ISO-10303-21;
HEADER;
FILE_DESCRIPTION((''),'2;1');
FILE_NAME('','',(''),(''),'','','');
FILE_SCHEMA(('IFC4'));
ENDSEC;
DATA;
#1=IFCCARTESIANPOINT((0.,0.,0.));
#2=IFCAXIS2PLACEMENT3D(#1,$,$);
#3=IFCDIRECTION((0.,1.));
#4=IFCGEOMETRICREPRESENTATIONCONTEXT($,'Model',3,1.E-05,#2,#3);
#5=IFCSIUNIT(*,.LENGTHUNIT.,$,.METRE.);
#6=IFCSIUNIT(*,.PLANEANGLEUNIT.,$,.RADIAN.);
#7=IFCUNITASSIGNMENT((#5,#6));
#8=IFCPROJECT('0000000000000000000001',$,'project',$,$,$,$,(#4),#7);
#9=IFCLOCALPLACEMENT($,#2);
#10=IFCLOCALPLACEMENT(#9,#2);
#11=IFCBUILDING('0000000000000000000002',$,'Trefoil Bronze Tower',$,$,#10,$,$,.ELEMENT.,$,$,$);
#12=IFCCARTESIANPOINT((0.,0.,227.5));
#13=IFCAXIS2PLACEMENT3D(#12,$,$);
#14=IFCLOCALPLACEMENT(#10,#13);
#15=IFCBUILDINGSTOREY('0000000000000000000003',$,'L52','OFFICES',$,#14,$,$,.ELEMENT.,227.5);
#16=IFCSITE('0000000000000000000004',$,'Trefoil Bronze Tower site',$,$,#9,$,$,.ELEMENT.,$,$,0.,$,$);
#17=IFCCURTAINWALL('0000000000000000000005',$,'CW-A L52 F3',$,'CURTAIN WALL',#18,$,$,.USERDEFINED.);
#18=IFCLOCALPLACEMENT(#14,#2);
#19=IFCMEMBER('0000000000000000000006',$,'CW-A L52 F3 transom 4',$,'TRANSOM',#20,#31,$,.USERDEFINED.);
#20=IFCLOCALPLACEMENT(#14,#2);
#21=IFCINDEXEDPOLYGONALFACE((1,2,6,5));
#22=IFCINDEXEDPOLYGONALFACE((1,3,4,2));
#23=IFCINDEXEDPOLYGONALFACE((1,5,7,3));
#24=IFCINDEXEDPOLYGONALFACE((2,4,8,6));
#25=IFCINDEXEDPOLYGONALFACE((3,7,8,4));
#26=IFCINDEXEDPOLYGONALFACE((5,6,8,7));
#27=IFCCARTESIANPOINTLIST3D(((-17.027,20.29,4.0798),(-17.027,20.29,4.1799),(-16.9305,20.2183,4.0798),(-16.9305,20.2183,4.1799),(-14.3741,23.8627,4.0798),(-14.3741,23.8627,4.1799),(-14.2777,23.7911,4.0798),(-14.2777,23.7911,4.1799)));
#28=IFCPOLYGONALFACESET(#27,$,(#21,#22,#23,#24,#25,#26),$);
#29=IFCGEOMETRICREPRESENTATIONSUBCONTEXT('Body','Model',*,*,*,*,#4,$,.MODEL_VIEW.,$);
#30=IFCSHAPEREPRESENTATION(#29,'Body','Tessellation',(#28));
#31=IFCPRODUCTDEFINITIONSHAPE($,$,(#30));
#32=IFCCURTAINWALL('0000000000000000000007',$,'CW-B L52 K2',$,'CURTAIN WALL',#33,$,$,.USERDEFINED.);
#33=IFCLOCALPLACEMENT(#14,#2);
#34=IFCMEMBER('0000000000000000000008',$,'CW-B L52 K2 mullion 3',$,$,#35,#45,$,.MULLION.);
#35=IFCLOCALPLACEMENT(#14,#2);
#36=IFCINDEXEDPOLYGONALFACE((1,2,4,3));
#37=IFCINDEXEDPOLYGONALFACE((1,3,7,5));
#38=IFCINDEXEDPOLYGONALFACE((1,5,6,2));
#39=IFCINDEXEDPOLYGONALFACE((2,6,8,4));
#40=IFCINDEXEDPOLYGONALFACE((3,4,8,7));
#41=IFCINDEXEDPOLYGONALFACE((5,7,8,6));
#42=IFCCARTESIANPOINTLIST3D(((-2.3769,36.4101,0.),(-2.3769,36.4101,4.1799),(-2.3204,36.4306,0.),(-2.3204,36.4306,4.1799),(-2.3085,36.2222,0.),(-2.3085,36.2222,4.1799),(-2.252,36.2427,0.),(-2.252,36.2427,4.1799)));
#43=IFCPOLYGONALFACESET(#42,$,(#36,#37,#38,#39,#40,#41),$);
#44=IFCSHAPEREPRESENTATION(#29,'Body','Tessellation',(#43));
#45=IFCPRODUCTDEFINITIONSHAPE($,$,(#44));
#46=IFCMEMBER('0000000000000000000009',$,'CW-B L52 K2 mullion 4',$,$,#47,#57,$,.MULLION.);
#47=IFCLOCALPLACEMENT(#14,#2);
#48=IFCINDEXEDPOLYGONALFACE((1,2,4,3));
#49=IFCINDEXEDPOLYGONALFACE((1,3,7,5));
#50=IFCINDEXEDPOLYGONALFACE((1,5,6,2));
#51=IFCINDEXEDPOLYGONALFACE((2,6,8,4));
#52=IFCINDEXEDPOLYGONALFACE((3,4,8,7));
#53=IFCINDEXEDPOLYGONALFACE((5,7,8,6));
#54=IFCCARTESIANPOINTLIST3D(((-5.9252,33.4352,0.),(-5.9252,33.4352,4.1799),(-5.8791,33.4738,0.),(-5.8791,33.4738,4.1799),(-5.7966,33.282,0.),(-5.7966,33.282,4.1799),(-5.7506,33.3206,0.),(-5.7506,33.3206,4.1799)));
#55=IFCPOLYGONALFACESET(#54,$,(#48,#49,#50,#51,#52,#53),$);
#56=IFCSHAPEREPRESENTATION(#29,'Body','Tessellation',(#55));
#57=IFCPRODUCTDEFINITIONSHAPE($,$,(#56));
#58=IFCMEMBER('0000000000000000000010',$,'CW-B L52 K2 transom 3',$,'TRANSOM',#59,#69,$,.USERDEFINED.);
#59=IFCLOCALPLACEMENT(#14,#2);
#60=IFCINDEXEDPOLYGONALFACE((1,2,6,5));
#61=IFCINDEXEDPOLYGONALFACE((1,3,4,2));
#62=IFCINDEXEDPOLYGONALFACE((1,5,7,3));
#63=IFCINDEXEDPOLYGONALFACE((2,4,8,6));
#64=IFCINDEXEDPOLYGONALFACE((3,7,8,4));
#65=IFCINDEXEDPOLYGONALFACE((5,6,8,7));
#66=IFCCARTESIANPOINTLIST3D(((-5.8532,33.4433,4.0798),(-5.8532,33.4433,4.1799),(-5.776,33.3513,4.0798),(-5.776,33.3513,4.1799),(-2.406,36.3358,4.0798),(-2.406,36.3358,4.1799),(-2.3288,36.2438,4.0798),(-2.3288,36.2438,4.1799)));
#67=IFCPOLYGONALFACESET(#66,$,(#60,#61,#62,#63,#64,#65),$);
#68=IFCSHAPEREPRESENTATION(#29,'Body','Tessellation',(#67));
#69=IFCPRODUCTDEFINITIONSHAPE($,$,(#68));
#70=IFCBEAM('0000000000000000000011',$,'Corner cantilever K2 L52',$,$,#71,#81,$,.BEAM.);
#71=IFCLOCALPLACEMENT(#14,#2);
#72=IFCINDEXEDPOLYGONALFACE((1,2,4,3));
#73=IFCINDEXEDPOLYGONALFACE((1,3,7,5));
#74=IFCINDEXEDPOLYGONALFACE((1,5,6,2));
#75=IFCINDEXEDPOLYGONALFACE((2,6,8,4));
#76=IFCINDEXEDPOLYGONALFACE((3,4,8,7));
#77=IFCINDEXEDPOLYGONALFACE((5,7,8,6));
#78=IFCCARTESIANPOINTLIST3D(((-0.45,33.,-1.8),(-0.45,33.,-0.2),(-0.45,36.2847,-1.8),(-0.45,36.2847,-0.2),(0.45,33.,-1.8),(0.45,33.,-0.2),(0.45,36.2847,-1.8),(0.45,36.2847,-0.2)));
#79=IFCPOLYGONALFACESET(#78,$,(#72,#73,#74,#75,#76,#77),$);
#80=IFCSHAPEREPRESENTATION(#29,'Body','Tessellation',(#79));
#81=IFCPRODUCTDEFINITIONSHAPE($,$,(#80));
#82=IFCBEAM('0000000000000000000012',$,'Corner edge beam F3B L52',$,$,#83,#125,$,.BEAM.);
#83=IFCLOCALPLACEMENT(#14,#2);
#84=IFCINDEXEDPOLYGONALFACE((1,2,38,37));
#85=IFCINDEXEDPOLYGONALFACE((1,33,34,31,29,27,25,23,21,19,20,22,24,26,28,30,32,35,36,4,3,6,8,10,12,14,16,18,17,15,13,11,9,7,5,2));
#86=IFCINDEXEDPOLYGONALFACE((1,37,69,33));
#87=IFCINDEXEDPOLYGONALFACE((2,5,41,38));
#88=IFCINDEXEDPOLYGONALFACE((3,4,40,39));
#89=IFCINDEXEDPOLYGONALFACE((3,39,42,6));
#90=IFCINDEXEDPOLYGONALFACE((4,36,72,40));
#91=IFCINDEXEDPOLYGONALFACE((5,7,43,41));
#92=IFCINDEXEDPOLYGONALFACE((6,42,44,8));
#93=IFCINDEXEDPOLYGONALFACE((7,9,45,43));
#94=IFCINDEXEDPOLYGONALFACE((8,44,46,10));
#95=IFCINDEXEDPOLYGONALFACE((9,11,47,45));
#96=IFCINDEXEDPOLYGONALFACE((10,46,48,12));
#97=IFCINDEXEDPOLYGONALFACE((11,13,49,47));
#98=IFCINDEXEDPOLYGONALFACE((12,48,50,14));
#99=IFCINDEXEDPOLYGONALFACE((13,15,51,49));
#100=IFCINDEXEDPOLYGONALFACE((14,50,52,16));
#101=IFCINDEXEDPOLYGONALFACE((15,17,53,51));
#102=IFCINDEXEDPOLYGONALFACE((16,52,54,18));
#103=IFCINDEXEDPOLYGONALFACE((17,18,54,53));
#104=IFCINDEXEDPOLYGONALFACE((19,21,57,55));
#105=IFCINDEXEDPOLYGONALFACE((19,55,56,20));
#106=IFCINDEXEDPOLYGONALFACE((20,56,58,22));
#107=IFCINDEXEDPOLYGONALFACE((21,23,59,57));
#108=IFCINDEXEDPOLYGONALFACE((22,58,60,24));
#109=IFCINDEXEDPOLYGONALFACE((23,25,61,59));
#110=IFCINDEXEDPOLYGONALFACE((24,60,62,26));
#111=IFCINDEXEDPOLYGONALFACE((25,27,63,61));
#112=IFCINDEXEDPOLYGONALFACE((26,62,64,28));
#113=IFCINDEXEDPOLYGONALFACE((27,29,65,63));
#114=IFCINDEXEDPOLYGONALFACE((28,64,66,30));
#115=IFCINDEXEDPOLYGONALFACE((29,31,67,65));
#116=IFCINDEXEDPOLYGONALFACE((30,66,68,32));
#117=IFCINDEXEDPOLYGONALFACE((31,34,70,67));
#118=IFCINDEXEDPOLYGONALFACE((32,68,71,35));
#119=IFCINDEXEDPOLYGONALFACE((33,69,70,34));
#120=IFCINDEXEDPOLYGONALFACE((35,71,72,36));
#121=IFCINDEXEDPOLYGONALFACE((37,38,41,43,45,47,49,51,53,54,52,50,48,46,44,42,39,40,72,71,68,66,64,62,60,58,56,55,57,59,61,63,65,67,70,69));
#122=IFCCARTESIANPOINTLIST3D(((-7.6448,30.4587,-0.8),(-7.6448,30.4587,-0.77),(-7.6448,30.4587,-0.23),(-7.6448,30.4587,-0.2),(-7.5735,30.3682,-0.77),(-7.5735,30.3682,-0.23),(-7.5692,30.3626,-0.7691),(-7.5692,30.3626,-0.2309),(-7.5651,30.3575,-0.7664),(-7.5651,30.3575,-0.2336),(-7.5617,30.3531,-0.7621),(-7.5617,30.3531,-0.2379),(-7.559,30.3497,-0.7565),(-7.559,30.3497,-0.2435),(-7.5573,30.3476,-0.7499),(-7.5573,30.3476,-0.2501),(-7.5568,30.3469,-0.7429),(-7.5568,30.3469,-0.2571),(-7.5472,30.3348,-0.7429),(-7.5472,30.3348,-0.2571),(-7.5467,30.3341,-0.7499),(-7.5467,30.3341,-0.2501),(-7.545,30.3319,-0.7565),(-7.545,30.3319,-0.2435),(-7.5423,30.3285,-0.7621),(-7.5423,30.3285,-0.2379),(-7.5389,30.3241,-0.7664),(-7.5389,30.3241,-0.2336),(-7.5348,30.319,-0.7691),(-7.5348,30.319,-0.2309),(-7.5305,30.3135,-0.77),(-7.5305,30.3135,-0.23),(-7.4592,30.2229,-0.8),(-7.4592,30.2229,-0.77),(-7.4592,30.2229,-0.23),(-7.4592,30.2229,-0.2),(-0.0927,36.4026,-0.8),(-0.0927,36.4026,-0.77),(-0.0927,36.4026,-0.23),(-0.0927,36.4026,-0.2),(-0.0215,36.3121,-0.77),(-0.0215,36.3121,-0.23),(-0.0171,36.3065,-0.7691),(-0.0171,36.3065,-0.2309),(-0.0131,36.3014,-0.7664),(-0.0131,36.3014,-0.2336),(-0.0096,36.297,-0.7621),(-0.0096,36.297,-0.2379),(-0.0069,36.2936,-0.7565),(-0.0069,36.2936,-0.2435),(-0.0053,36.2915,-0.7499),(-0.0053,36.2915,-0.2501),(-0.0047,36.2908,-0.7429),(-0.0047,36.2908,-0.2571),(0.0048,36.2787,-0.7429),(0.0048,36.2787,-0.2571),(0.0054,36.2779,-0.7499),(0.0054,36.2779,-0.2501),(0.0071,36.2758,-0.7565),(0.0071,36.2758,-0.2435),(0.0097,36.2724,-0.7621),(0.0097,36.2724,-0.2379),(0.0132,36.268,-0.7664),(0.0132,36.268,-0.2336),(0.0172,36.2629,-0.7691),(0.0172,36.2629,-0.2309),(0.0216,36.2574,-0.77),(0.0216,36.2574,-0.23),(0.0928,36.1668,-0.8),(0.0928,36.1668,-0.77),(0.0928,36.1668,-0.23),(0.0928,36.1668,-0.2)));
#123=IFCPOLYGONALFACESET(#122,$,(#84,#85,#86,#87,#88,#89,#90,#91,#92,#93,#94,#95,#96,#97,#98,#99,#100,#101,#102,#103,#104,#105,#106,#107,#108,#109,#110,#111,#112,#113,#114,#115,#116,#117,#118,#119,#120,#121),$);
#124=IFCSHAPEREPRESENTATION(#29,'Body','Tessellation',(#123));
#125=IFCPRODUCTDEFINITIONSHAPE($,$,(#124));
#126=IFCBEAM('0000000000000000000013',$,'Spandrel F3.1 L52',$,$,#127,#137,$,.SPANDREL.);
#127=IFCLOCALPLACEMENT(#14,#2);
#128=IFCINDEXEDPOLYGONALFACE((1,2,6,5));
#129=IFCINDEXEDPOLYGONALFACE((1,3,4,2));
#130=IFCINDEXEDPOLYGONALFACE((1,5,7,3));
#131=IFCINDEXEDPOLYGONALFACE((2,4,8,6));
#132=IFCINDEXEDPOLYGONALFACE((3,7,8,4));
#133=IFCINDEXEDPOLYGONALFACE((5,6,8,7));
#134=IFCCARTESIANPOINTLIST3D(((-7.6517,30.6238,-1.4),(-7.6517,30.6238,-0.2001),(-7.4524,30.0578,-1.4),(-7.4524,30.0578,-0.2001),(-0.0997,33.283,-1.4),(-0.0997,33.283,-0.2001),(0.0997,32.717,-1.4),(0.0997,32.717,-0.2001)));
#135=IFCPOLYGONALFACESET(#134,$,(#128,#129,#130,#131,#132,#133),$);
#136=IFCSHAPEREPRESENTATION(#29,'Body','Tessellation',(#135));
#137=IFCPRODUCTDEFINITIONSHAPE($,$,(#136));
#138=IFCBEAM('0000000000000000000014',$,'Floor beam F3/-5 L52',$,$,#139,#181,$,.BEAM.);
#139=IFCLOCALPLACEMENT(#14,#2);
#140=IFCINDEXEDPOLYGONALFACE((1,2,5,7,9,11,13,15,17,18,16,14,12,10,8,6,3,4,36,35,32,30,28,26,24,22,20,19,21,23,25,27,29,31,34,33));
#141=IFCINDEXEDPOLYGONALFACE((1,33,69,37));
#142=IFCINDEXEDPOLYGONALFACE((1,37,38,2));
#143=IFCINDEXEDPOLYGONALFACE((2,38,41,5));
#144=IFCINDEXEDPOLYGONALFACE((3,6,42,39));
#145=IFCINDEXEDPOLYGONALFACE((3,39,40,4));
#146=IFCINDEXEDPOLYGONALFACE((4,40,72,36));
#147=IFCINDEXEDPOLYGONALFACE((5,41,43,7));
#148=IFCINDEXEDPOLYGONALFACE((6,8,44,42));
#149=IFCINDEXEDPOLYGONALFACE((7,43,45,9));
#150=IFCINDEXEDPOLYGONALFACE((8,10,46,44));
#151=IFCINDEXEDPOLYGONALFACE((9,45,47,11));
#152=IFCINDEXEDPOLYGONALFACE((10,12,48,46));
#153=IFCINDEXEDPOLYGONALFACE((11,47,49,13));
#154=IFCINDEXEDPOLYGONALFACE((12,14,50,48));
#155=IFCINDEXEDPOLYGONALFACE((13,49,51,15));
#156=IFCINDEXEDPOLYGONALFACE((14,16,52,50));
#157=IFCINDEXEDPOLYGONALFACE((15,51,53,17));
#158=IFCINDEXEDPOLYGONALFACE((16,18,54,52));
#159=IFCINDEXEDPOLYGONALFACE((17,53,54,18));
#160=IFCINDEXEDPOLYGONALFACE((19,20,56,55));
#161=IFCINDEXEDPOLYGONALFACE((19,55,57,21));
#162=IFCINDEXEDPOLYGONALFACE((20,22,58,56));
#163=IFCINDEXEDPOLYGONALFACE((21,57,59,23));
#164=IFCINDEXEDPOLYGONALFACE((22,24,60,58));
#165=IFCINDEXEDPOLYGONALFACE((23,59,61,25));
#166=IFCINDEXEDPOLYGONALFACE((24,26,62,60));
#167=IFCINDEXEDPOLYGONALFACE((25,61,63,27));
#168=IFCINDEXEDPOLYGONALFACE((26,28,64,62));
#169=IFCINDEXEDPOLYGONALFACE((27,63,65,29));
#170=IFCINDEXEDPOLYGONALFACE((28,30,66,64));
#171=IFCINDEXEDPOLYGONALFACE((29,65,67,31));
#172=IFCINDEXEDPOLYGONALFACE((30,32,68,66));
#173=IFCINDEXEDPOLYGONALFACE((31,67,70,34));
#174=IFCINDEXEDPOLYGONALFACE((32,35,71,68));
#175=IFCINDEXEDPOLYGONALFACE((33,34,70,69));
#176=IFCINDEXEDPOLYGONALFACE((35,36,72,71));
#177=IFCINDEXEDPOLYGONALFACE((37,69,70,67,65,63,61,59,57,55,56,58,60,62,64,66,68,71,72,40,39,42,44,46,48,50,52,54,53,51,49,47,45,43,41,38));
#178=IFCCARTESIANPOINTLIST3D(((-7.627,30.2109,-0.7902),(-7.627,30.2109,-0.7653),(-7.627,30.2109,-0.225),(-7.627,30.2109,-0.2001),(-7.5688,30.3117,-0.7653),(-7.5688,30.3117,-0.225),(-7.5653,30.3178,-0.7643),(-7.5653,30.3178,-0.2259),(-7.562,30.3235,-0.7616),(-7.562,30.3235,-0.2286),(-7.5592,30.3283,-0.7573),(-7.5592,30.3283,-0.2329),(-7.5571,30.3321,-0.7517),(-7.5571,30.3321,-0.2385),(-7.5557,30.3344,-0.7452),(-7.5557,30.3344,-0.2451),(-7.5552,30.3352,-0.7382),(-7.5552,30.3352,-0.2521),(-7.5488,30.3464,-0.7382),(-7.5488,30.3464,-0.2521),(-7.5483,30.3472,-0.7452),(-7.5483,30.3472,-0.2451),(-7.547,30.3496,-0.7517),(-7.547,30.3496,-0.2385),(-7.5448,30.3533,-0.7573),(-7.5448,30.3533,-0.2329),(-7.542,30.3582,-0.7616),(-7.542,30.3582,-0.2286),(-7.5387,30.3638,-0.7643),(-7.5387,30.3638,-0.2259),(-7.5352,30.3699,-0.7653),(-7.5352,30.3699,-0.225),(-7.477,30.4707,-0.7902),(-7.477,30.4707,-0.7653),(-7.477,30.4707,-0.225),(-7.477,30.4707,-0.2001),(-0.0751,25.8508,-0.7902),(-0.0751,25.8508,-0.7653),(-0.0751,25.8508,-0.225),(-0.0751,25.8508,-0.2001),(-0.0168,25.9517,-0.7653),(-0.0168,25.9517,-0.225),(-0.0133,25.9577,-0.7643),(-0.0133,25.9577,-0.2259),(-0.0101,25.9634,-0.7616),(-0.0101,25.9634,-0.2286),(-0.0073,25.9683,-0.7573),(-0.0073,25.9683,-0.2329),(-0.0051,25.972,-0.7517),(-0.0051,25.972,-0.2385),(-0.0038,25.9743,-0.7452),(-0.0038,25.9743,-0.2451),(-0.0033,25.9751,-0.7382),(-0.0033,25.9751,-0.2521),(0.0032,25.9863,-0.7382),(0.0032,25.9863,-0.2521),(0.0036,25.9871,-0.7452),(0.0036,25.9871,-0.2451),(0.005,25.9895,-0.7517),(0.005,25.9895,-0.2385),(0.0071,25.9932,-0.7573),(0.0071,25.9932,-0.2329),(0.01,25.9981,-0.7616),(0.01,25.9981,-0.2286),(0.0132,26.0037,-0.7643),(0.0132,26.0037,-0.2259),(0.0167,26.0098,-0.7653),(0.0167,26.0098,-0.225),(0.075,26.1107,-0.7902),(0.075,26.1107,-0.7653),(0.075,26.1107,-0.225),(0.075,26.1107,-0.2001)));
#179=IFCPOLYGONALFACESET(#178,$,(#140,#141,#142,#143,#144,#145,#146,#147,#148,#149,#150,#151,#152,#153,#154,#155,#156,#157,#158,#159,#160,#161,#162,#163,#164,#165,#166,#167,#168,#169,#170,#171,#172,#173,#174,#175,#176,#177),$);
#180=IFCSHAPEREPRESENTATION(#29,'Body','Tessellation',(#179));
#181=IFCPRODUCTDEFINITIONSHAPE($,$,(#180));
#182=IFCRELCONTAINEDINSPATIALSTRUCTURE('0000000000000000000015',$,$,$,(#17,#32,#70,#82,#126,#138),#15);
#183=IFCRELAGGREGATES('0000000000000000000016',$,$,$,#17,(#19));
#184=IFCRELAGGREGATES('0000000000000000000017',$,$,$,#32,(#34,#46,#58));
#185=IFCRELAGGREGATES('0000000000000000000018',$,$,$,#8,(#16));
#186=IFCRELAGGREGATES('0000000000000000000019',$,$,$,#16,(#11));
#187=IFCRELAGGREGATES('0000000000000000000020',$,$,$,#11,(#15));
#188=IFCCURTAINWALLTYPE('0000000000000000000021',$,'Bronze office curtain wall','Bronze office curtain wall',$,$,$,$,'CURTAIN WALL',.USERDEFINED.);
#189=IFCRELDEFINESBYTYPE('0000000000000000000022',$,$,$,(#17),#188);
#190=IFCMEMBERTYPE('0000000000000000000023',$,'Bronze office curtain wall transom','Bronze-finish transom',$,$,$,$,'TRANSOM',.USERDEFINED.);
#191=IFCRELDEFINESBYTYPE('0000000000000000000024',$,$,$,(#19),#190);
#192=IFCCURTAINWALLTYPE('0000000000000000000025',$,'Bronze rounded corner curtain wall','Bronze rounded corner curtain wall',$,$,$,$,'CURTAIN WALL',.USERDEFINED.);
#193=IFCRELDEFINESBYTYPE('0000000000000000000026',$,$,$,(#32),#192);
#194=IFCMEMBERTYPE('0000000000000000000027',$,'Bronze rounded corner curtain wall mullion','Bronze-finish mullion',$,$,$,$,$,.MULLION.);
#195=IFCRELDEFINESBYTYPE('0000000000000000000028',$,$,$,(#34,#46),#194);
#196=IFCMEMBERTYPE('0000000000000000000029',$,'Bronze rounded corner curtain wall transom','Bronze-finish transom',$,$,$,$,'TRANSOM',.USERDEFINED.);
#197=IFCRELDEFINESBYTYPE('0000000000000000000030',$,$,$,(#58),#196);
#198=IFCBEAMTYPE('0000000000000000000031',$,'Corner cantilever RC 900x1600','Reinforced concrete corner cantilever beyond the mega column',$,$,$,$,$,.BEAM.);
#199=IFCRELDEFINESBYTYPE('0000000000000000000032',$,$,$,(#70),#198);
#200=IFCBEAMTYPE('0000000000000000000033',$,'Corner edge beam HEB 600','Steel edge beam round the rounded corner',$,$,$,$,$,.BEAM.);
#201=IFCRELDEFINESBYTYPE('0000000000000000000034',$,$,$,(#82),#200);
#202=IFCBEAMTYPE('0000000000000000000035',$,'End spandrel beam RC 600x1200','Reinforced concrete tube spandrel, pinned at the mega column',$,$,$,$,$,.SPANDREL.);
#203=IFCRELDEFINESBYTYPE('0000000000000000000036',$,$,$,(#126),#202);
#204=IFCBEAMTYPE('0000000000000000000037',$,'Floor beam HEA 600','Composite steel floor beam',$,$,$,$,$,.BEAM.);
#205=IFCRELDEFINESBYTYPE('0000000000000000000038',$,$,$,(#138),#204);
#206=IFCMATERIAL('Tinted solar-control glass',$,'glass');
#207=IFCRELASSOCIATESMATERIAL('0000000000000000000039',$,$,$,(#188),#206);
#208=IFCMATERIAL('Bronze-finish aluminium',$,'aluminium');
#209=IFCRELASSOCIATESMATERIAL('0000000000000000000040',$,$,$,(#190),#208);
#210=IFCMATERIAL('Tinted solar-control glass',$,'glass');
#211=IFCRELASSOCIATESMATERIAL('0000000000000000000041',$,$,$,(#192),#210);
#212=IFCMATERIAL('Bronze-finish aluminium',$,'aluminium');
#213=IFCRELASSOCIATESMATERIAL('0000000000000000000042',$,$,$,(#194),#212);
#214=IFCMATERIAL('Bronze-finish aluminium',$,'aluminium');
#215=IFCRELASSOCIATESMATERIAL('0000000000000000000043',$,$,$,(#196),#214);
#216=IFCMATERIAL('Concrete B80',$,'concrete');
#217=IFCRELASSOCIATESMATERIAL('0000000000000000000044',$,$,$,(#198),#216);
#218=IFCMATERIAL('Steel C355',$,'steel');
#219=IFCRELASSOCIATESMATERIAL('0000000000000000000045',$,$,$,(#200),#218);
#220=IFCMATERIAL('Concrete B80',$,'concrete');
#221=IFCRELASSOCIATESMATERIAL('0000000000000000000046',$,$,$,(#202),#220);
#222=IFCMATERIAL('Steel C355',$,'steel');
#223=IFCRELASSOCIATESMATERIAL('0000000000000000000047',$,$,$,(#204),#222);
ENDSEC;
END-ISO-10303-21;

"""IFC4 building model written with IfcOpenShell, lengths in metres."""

from ifc_helpers import new_model, si_unit, direction, frame, origin, origin_2d, place, context, subcontext, project, spatial, rectangle, i_section, extrude, material, material_profile, profile_set, type_object, element, aggregate, save


model = new_model("IFC4")

# Units and contexts
model_context = context("Model", 3, precision=1e-05, world=origin(), true_north=direction((0.0, 1.0)))
body_context = subcontext(model_context, "Body", "Model", "MODEL_VIEW")
ifc_project = project(units=[si_unit("LENGTHUNIT", "METRE"), si_unit("PLANEANGLEUNIT", "RADIAN")], contexts=[model_context])

# Site, building, storey
site_placement = place(None, origin())
site = spatial("IfcSite", under=ifc_project, at=site_placement, Name="Trefoil Bronze Tower site", CompositionType="ELEMENT", RefElevation=0.0)
building_placement = place(site_placement, origin())
building = spatial("IfcBuilding", under=site, at=building_placement, Name="Trefoil Bronze Tower", CompositionType="ELEMENT")
storey_placement = place(building_placement, frame((0.0, 0.0, 227.5)))
storey = spatial("IfcBuildingStorey", under=building, at=storey_placement, Name="L52", Description="OFFICES", CompositionType="ELEMENT", Elevation=227.5)

# Curtain walls, members
ifc_material_1 = material(Name="Tinted solar-control glass", Category="glass")
curtain_wall_type_1 = type_object("IfcCurtainWallType", Name="Bronze office curtain wall", Description="Bronze office curtain wall", ElementType="CURTAIN WALL", PredefinedType="USERDEFINED", material=ifc_material_1)
curtain_wall_1_placement = place(storey_placement, origin())
curtain_wall_1 = element("IfcCurtainWall", 1, at=curtain_wall_1_placement, inside=storey, type_object=curtain_wall_type_1, Name="CW-A L52 F3", ObjectType="CURTAIN WALL", PredefinedType="USERDEFINED")
ifc_material_2 = material(Name="Bronze-finish aluminium", Category="aluminium")
ifc_material_profile_1 = material_profile(ifc_material_2, rectangle(XDim=0.1201, YDim=0.1001, at=origin_2d()), Name="CW-A transom")
ifc_profile_set_1 = profile_set([ifc_material_profile_1], Name="Bronze-finish aluminium")
member_type_1 = type_object("IfcMemberType", Name="Bronze office curtain wall transom", Description="Bronze-finish transom", ElementType="TRANSOM", PredefinedType="USERDEFINED", material=ifc_profile_set_1)
member_1_placement = place(storey_placement, frame((-14.3259, 23.8269, 4.1299), z_axis=(-0.596148, -0.802874, 0.0), x_axis=(0.802874, -0.596148, 0.0)))
member_1 = element("IfcMember", 2, at=member_1_placement, type_object=member_type_1, Name="CW-A L52 F3 transom 4", ObjectType="TRANSOM", PredefinedType="USERDEFINED", context=body_context, shape_type="SweptSolid", body=[
    extrude(rectangle(XDim=0.1201, YDim=0.1001, at=origin_2d()), origin(), (0.0, 0.0, 1.0), 4.45),
])
ifc_material_3 = material(Name="Tinted solar-control glass", Category="glass")
curtain_wall_type_2 = type_object("IfcCurtainWallType", Name="Bronze rounded corner curtain wall", Description="Bronze rounded corner curtain wall", ElementType="CURTAIN WALL", PredefinedType="USERDEFINED", material=ifc_material_3)
curtain_wall_2_placement = place(storey_placement, origin())
curtain_wall_2 = element("IfcCurtainWall", 3, at=curtain_wall_2_placement, inside=storey, type_object=curtain_wall_type_2, Name="CW-B L52 K2", ObjectType="CURTAIN WALL", PredefinedType="USERDEFINED")
ifc_material_4 = material(Name="Bronze-finish aluminium", Category="aluminium")
ifc_material_profile_2 = material_profile(ifc_material_4, rectangle(XDim=0.2, YDim=0.0601, at=origin_2d()), Name="CW-B mullion")
ifc_profile_set_2 = profile_set([ifc_material_profile_2], Name="Bronze-finish aluminium")
member_type_2 = type_object("IfcMemberType", Name="Bronze rounded corner curtain wall mullion", Description="Bronze-finish mullion", PredefinedType="MULLION", material=ifc_profile_set_2)
member_2_placement = place(storey_placement, frame((-2.3145, 36.3264, 0.0), z_axis=(0.0, 0.0, 1.0), x_axis=(0.34202, -0.939693, 0.0)))
member_2 = element("IfcMember", 4, at=member_2_placement, type_object=member_type_2, Name="CW-B L52 K2 mullion 3", PredefinedType="MULLION", context=body_context, shape_type="SweptSolid", body=[
    extrude(rectangle(XDim=0.2, YDim=0.0601, at=origin_2d()), origin(), (0.0, 0.0, 1.0), 4.1799),
])
member_3_placement = place(storey_placement, frame((-5.8379, 33.3779, 0.0), z_axis=(0.0, 0.0, 1.0), x_axis=(0.642788, -0.766044, 0.0)))
member_3 = element("IfcMember", 5, at=member_3_placement, type_object=member_type_2, Name="CW-B L52 K2 mullion 4", PredefinedType="MULLION", context=body_context, shape_type="SweptSolid", body=[
    extrude(rectangle(XDim=0.2, YDim=0.0601, at=origin_2d()), origin(), (0.0, 0.0, 1.0), 4.1799),
])
ifc_material_5 = material(Name="Bronze-finish aluminium", Category="aluminium")
ifc_material_profile_3 = material_profile(ifc_material_5, rectangle(XDim=0.1201, YDim=0.1001, at=origin_2d()), Name="CW-B transom")
ifc_profile_set_3 = profile_set([ifc_material_profile_3], Name="Bronze-finish aluminium")
member_type_3 = type_object("IfcMemberType", Name="Bronze rounded corner curtain wall transom", Description="Bronze-finish transom", ElementType="TRANSOM", PredefinedType="USERDEFINED", material=ifc_profile_set_3)
member_4_placement = place(storey_placement, frame((-2.3674, 36.2898, 4.1299), z_axis=(-0.766047, -0.642785, 0.0), x_axis=(0.642785, -0.766047, 0.0)))
member_4 = element("IfcMember", 6, at=member_4_placement, type_object=member_type_3, Name="CW-B L52 K2 transom 3", ObjectType="TRANSOM", PredefinedType="USERDEFINED", context=body_context, shape_type="SweptSolid", body=[
    extrude(rectangle(XDim=0.1201, YDim=0.1001, at=origin_2d()), origin(), (0.0, 0.0, 1.0), 4.5),
])

# Beams
ifc_material_6 = material(Name="Concrete B80", Category="concrete")
ifc_material_profile_4 = material_profile(ifc_material_6, rectangle(XDim=0.8999, YDim=1.6001, at=origin_2d()), Name="RC 900x1600")
ifc_profile_set_4 = profile_set([ifc_material_profile_4], Name="Concrete B80")
beam_type_1 = type_object("IfcBeamType", Name="Corner cantilever RC 900x1600", Description="Reinforced concrete corner cantilever beyond the mega column", PredefinedType="BEAM", material=ifc_profile_set_4)
beam_1_placement = place(storey_placement, frame((0.0, 33.0, -1.0), z_axis=(0.0, 1.0, 0.0), x_axis=(-1.0, 0.0, 0.0)))
element("IfcBeam", 7, at=beam_1_placement, inside=storey, type_object=beam_type_1, Name="Corner cantilever K2 L52", PredefinedType="BEAM", context=body_context, shape_type="SweptSolid", body=[
    extrude(rectangle(XDim=0.8999, YDim=1.6001, at=origin_2d()), origin(), (0.0, 0.0, 1.0), 3.2847),
])
ifc_material_7 = material(Name="Steel C355", Category="steel")
ifc_material_profile_5 = material_profile(ifc_material_7, i_section(OverallWidth=0.3, OverallDepth=0.6001, WebThickness=0.0154, FlangeThickness=0.03, FilletRadius=0.0271, at=origin_2d()), Name="HEB 600")
ifc_profile_set_5 = profile_set([ifc_material_profile_5], Name="Steel C355")
beam_type_2 = type_object("IfcBeamType", Name="Corner edge beam HEB 600", Description="Steel edge beam round the rounded corner", PredefinedType="BEAM", material=ifc_profile_set_5)
beam_2_placement = place(storey_placement, frame((-7.552, 30.3408, -0.5), z_axis=(0.785806, 0.618473, 0.0), x_axis=(-0.618473, 0.785806, 0.0)))
element("IfcBeam", 8, at=beam_2_placement, inside=storey, type_object=beam_type_2, Name="Corner edge beam F3B L52", PredefinedType="BEAM", context=body_context, shape_type="SweptSolid", body=[
    extrude(i_section(OverallWidth=0.3, OverallDepth=0.6001, WebThickness=0.0154, FlangeThickness=0.03, FilletRadius=0.0271, at=origin_2d()), origin(), (0.0, 0.0, 1.0), 9.6106),
])
ifc_material_8 = material(Name="Concrete B80", Category="concrete")
ifc_material_profile_6 = material_profile(ifc_material_8, rectangle(XDim=0.6001, YDim=1.2, at=origin_2d()), Name="RC 600x1200")
ifc_profile_set_6 = profile_set([ifc_material_profile_6], Name="Concrete B80")
beam_type_3 = type_object("IfcBeamType", Name="End spandrel beam RC 600x1200", Description="Reinforced concrete tube spandrel, pinned at the mega column", PredefinedType="SPANDREL", material=ifc_profile_set_6)
beam_3_placement = place(storey_placement, frame((0.0, 33.0, -0.8), z_axis=(-0.943234, -0.332128, 0.0), x_axis=(0.332128, -0.943234, 0.0)))
element("IfcBeam", 9, at=beam_3_placement, inside=storey, type_object=beam_type_3, Name="Spandrel F3.1 L52", PredefinedType="SPANDREL", context=body_context, shape_type="SweptSolid", body=[
    extrude(rectangle(XDim=0.6001, YDim=1.2, at=origin_2d()), origin(), (0.0, 0.0, 1.0), 8.0066),
])
ifc_material_9 = material(Name="Steel C355", Category="steel")
ifc_material_profile_7 = material_profile(ifc_material_9, i_section(OverallWidth=0.3, OverallDepth=0.5901, WebThickness=0.0129, FlangeThickness=0.0249, FilletRadius=0.0271, at=origin_2d()), Name="HEA 600")
ifc_profile_set_7 = profile_set([ifc_material_profile_7], Name="Steel C355")
beam_type_4 = type_object("IfcBeamType", Name="Floor beam HEA 600", Description="Composite steel floor beam", PredefinedType="BEAM", material=ifc_profile_set_7)
beam_4_placement = place(storey_placement, frame((-7.552, 30.3408, -0.4951), z_axis=(0.866028, -0.499996, 0.0), x_axis=(0.499996, 0.866028, 0.0)))
element("IfcBeam", 10, at=beam_4_placement, inside=storey, type_object=beam_type_4, Name="Floor beam F3/-5 L52", PredefinedType="BEAM", context=body_context, shape_type="SweptSolid", body=[
    extrude(i_section(OverallWidth=0.3, OverallDepth=0.5901, WebThickness=0.0129, FlangeThickness=0.0249, FilletRadius=0.0271, at=origin_2d()), origin(), (0.0, 0.0, 1.0), 8.7202),
])

aggregate(curtain_wall_1, [member_1])
aggregate(curtain_wall_2, [member_2, member_3, member_4])

save(model, "model.ifc")
